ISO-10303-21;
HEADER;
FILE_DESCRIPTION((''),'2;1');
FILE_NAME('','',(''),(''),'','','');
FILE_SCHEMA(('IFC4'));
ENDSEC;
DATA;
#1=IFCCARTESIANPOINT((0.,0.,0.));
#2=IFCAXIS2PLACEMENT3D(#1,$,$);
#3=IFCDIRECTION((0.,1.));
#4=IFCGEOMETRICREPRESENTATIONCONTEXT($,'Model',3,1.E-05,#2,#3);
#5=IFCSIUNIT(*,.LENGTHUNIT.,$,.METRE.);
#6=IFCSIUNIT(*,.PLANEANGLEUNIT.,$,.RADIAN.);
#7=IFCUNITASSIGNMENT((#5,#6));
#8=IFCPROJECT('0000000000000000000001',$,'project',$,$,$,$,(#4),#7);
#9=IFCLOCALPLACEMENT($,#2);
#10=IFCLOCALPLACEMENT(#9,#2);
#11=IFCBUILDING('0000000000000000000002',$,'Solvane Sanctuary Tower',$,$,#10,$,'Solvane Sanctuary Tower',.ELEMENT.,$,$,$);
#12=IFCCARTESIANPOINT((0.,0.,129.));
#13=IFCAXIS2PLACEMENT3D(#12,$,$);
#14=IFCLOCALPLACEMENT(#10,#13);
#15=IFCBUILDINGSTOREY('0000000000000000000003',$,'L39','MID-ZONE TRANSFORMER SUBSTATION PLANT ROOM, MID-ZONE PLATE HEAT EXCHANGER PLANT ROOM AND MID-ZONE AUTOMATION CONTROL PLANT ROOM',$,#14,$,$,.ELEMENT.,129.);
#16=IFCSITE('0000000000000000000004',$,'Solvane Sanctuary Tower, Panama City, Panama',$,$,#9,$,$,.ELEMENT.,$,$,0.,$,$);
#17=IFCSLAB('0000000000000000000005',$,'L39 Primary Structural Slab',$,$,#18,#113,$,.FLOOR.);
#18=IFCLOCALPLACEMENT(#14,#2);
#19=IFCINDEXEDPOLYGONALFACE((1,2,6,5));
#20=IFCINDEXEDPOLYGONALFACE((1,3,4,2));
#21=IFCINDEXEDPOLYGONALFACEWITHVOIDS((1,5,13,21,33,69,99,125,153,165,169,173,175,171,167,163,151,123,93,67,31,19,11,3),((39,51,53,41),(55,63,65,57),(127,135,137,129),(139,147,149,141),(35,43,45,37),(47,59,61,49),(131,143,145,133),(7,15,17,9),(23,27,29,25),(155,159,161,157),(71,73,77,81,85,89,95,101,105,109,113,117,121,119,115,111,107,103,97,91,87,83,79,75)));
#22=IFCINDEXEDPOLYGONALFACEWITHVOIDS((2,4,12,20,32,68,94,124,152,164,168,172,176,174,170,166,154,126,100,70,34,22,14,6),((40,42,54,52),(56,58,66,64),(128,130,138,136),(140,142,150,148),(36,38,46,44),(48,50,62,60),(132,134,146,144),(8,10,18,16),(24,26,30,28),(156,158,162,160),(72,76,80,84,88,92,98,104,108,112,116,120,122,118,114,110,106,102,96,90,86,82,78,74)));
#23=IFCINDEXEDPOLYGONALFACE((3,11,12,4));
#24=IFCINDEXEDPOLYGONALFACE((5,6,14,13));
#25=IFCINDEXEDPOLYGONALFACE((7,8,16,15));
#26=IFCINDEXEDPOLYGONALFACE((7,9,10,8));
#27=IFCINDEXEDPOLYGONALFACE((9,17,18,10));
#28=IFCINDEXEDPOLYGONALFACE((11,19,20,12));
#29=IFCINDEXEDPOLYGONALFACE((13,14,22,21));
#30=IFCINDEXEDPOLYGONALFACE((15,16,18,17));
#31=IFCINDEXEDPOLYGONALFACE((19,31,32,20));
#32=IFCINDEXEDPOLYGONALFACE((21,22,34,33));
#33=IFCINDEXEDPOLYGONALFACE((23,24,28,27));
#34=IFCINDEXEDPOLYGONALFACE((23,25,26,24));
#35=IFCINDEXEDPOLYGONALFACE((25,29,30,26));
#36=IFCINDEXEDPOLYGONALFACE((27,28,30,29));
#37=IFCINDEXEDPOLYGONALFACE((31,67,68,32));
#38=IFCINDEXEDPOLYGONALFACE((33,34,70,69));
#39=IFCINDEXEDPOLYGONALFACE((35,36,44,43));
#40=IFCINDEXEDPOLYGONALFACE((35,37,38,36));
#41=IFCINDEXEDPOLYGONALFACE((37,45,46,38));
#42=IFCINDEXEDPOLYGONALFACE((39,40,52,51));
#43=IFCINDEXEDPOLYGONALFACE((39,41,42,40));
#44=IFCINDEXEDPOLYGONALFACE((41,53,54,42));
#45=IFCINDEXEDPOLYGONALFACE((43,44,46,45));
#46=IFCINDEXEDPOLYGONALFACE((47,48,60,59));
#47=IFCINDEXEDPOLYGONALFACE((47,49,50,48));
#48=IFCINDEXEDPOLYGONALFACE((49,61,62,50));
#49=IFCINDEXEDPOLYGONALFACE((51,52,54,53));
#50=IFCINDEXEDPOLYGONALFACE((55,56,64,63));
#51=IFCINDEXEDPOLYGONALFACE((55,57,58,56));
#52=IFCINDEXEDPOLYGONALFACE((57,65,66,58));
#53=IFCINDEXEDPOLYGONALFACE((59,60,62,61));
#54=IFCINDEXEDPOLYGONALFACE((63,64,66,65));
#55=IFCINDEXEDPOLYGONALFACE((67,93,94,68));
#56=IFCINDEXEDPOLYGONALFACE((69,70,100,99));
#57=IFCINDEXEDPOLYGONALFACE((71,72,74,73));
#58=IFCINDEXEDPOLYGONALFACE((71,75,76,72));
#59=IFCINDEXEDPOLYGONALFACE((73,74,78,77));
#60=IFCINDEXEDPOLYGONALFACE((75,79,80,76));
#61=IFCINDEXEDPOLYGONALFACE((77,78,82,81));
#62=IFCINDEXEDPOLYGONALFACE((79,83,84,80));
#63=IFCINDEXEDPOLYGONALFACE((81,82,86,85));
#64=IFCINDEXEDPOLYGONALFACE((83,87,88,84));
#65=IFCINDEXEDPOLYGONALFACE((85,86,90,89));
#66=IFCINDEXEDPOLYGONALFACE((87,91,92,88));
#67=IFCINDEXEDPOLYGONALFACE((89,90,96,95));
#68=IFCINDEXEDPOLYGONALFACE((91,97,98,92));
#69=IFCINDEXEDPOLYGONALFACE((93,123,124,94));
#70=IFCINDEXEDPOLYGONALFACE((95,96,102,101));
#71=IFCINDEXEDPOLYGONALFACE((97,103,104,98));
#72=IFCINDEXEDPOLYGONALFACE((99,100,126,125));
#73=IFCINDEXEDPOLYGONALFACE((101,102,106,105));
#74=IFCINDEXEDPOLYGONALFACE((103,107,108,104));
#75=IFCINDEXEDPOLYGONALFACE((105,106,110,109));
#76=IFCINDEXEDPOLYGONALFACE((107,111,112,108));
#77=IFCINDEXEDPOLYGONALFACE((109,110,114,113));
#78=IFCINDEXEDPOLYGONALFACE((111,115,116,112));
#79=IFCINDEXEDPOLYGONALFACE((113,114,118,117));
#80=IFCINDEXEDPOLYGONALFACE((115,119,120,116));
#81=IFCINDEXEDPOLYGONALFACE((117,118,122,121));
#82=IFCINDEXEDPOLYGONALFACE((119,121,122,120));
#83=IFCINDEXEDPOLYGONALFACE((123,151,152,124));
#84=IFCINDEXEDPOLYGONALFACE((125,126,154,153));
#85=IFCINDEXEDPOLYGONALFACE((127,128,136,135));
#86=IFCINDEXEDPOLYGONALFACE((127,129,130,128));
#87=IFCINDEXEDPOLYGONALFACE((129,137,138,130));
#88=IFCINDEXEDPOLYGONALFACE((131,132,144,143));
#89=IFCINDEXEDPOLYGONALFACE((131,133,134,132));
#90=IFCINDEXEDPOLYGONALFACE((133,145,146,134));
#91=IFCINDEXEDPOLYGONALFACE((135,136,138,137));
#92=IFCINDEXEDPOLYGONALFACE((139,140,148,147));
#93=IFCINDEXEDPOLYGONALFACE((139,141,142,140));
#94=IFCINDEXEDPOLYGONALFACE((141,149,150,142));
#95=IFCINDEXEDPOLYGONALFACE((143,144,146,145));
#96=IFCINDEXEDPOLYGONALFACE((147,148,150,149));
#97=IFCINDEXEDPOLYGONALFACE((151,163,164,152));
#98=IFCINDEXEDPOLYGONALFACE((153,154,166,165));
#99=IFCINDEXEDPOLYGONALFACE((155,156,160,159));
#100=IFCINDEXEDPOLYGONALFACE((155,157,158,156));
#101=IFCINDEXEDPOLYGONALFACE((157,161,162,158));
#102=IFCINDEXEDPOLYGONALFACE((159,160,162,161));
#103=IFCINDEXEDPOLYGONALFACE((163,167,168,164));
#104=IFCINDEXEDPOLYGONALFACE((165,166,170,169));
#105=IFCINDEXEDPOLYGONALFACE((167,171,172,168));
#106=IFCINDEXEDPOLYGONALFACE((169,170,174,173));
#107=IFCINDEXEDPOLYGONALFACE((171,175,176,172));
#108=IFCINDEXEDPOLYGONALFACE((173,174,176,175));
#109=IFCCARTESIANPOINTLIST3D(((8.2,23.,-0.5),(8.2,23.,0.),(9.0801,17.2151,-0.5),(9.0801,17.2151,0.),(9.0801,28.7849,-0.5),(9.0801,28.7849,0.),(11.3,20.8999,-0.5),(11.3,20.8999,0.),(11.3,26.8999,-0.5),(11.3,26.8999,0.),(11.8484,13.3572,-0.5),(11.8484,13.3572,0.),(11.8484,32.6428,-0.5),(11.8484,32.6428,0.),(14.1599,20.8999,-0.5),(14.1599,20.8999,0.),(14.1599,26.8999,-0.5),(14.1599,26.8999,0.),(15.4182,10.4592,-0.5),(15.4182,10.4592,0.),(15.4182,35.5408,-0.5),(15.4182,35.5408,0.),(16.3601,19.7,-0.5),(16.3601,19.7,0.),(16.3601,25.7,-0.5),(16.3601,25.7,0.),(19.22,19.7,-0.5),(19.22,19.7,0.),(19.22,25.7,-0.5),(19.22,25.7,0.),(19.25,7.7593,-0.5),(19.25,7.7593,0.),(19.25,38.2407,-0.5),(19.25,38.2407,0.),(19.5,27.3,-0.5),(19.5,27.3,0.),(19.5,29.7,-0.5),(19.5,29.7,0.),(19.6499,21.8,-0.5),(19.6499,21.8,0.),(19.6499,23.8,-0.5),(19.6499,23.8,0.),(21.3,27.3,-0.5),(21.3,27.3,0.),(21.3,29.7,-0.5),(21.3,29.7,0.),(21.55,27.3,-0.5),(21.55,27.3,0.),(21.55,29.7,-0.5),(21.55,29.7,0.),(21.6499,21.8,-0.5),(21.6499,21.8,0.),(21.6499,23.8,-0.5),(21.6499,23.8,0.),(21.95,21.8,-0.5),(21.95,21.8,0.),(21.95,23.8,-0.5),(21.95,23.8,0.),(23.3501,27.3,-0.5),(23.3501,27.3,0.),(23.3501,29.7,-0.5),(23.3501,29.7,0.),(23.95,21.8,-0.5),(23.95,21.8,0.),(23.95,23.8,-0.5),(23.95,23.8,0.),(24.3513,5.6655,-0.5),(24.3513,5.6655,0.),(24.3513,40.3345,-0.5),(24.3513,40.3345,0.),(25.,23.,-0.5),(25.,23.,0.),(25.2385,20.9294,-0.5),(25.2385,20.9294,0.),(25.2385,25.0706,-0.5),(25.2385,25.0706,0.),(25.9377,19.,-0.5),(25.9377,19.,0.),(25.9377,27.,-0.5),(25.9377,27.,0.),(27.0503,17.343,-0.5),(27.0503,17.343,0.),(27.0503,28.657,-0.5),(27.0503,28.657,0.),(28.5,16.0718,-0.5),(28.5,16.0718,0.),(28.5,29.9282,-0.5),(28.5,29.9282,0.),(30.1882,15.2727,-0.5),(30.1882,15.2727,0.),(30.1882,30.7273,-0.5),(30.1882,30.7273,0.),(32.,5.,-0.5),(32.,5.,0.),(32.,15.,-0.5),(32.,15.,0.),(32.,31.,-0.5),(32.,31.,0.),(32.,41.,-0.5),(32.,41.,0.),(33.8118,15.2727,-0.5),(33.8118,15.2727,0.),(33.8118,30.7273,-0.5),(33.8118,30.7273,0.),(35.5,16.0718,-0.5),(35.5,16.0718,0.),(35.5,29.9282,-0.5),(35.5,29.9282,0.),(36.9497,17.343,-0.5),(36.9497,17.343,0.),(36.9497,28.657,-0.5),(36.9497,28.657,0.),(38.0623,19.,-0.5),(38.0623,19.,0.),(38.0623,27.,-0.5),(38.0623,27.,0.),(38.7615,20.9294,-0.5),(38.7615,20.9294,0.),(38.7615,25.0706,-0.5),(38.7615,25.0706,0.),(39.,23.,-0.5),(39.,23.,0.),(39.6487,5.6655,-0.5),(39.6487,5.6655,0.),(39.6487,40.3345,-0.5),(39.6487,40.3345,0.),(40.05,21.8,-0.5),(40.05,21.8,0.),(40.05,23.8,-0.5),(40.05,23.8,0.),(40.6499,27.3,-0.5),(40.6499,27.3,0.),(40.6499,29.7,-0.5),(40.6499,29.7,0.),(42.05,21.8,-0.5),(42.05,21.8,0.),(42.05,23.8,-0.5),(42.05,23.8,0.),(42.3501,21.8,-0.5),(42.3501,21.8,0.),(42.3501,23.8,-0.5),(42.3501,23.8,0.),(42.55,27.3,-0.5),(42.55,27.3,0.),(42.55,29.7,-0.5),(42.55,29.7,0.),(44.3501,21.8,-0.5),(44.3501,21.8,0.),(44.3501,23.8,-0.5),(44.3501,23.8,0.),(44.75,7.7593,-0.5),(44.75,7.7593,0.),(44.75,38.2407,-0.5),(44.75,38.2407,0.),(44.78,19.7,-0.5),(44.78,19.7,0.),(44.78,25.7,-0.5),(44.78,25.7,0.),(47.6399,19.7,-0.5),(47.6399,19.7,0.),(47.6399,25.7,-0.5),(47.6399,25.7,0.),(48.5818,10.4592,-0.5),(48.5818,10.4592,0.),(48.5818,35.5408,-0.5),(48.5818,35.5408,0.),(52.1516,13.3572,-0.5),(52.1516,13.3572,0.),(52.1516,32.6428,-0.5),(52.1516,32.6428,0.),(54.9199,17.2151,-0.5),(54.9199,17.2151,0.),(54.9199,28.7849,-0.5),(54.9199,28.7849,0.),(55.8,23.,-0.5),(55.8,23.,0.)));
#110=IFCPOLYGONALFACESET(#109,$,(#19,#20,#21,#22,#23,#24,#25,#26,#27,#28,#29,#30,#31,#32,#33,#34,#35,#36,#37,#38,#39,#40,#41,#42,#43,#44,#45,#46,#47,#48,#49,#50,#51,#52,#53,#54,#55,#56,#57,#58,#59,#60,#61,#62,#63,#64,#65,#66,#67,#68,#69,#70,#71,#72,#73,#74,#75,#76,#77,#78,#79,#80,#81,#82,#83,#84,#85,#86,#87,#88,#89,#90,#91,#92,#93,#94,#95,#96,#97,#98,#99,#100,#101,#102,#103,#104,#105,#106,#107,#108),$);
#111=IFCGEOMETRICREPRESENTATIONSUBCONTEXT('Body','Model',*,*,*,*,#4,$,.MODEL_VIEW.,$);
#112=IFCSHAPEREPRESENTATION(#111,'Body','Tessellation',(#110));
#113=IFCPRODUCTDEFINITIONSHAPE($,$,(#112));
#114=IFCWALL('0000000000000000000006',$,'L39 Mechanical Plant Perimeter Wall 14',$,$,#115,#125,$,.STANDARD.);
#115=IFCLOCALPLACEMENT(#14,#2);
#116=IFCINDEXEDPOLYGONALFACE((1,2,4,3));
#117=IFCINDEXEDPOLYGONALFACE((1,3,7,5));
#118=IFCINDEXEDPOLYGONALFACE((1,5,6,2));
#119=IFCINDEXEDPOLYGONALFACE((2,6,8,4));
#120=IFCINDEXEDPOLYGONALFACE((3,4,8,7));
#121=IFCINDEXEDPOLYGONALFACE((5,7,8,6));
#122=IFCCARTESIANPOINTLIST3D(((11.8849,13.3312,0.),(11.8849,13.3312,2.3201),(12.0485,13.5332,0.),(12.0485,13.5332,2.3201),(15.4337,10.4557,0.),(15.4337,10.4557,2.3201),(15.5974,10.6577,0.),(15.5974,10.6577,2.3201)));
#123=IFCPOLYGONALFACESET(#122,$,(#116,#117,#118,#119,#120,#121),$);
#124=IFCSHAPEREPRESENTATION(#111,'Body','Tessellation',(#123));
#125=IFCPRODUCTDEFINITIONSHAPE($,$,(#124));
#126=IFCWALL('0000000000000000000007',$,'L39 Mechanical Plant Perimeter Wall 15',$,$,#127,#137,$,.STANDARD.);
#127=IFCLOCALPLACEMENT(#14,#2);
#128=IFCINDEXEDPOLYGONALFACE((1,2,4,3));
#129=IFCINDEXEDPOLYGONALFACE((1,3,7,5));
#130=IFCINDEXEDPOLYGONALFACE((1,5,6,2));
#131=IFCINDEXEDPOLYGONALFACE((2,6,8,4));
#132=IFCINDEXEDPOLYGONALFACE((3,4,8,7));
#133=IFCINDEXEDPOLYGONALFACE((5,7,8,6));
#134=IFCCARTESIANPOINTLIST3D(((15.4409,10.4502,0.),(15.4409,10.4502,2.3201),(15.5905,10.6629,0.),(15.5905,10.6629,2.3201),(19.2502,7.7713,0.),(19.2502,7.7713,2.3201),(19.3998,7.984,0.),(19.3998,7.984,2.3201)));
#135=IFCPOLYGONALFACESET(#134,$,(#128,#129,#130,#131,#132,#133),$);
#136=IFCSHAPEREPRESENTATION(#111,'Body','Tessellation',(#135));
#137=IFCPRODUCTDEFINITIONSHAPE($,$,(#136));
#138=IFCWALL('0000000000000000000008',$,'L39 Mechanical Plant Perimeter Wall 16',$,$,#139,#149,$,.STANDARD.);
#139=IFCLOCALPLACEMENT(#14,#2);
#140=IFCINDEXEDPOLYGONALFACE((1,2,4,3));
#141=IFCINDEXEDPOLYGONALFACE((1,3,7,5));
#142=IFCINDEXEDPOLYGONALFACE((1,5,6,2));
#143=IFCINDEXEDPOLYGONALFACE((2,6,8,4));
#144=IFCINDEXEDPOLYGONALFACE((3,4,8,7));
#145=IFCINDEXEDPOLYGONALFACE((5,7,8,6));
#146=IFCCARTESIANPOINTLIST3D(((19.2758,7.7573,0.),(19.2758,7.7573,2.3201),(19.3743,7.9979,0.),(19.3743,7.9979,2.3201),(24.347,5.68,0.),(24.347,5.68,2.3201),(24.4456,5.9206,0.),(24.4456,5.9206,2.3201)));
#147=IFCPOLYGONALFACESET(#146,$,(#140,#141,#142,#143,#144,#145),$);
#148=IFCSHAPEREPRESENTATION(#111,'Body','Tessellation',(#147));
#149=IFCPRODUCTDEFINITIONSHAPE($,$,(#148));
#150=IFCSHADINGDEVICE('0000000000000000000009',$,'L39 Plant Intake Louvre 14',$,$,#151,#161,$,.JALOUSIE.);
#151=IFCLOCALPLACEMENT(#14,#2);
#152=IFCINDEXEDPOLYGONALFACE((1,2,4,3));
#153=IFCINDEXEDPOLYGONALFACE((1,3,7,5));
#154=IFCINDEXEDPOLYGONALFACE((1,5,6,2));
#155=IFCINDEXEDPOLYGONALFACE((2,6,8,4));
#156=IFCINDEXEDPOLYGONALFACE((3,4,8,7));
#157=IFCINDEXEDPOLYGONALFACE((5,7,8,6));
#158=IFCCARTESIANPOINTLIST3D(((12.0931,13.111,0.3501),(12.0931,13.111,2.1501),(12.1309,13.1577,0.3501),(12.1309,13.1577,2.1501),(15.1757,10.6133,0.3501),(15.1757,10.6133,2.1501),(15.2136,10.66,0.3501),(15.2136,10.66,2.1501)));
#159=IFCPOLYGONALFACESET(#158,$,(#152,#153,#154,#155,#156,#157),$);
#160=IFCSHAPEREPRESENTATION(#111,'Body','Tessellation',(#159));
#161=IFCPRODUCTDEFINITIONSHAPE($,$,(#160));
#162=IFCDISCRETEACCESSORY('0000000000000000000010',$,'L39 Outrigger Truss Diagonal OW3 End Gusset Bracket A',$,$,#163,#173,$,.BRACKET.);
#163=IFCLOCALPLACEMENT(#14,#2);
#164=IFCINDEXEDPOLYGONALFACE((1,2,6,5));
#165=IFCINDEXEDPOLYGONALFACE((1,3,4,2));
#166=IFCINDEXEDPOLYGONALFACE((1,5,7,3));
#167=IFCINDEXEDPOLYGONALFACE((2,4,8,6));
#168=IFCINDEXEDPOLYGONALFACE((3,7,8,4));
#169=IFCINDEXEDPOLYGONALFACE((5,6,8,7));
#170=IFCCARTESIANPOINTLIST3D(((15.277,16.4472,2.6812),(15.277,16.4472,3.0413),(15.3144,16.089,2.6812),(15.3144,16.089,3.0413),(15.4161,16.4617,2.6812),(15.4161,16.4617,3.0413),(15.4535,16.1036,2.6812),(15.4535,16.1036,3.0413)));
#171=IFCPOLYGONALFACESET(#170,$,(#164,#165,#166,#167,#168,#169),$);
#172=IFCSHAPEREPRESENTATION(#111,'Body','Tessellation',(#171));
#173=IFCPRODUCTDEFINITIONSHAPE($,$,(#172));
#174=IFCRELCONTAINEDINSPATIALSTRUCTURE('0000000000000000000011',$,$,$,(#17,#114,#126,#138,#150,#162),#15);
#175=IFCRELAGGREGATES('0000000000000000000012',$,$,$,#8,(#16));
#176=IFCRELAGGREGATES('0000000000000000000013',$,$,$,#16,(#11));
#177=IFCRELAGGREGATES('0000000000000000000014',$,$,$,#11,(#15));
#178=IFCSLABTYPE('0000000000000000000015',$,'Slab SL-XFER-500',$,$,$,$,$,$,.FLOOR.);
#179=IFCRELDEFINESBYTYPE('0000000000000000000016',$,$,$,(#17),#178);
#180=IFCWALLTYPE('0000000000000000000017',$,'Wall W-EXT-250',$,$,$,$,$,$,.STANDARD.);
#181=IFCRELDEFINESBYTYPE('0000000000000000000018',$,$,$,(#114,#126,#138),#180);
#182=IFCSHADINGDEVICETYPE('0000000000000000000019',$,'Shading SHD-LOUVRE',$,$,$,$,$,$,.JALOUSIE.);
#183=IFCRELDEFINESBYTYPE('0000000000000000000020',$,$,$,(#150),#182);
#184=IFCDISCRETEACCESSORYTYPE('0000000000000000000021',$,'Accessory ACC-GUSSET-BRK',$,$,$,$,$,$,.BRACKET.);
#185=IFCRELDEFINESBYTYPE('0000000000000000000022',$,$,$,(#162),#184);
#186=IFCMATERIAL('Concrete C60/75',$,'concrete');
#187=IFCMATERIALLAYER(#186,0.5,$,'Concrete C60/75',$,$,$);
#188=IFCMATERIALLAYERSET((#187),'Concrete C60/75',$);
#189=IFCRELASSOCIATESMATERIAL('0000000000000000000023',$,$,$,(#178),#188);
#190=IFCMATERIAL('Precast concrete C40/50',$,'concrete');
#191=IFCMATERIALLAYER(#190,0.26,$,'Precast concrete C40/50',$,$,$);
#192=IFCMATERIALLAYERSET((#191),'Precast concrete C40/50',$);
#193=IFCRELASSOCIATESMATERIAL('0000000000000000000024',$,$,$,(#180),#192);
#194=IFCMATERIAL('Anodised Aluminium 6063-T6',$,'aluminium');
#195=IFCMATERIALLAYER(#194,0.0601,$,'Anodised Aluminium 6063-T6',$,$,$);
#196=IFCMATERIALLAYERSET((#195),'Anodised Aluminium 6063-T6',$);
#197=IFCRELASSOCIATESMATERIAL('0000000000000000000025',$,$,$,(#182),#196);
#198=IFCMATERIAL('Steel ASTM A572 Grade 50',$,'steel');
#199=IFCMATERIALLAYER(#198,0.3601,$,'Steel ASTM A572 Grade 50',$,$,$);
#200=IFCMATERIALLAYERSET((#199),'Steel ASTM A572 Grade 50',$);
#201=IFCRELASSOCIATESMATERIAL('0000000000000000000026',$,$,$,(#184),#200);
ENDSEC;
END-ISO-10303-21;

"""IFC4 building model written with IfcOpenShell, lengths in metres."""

from ifc_helpers import new_model, si_unit, direction, frame, frame_2d, origin, origin_2d, place, context, subcontext, project, spatial, polyline, rectangle, outline, extrude, material, layer, layer_set, type_object, element, save


model = new_model("IFC4")

# Units and contexts
model_context = context("Model", 3, precision=1e-05, world=origin(), true_north=direction((0.0, 1.0)))
body_context = subcontext(model_context, "Body", "Model", "MODEL_VIEW")
ifc_project = project(units=[si_unit("LENGTHUNIT", "METRE"), si_unit("PLANEANGLEUNIT", "RADIAN")], contexts=[model_context])

# Site, building, storey
site_placement = place(None, origin())
site = spatial("IfcSite", under=ifc_project, at=site_placement, Name="Solvane Sanctuary Tower, Panama City, Panama", CompositionType="ELEMENT", RefElevation=0.0)
building_placement = place(site_placement, origin())
building = spatial("IfcBuilding", under=site, at=building_placement, Name="Solvane Sanctuary Tower", LongName="Solvane Sanctuary Tower", CompositionType="ELEMENT")
storey_placement = place(building_placement, frame((0.0, 0.0, 129.0)))
storey = spatial("IfcBuildingStorey", under=building, at=storey_placement, Name="L39", Description="MID-ZONE TRANSFORMER SUBSTATION PLANT ROOM, MID-ZONE PLATE HEAT EXCHANGER PLANT ROOM AND MID-ZONE AUTOMATION CONTROL PLANT ROOM", CompositionType="ELEMENT", Elevation=129.0)

# Shared definitions
ifc_material_1 = material(Name="Concrete C60/75", Category="concrete")

# Shared definitions
ifc_material_2 = material(Name="Steel ASTM A572 Grade 50", Category="steel")

# Slab
ifc_layer_1 = layer(ifc_material_1, 0.5, Name="Concrete C60/75")
ifc_layer_set_1 = layer_set([ifc_layer_1], Name="Concrete C60/75")
slab_type_1 = type_object("IfcSlabType", Name="Slab SL-XFER-500", PredefinedType="FLOOR", material=ifc_layer_set_1)
slab_1_placement = place(storey_placement, frame((0.0, 0.0, -0.5)))
element("IfcSlab", 1, at=slab_1_placement, inside=storey, type_object=slab_type_1, Name="L39 Primary Structural Slab", PredefinedType="FLOOR", context=body_context, shape_type="SweptSolid", body=[
    extrude(outline(polyline([(55.8, 23.0), (54.9199, 28.7849), (52.1516, 32.6428), (48.5818, 35.5408), (44.75, 38.2407), (39.6487, 40.3345), (32.0, 41.0), (24.3513, 40.3345), (19.25, 38.2407), (15.4182, 35.5408), (11.8484, 32.6428), (9.0801, 28.7849), (8.2, 23.0), (9.0801, 17.2151), (11.8484, 13.3572), (15.4182, 10.4592), (19.25, 7.7593), (24.3513, 5.6655), (32.0, 5.0), (39.6487, 5.6655), (44.75, 7.7593), (48.5818, 10.4592), (52.1516, 13.3572), (54.9199, 17.2151), (55.8, 23.0)]), holes=[polyline([(38.7615, 20.9294), (38.0623, 19.0), (36.9497, 17.343), (35.5, 16.0718), (33.8118, 15.2727), (32.0, 15.0), (30.1882, 15.2727), (28.5, 16.0718), (27.0503, 17.343), (25.9377, 19.0), (25.2385, 20.9294), (25.0, 23.0), (25.2385, 25.0706), (25.9377, 27.0), (27.0503, 28.657), (28.5, 29.9282), (30.1882, 30.7273), (32.0, 31.0), (33.8118, 30.7273), (35.5, 29.9282), (36.9497, 28.657), (38.0623, 27.0), (38.7615, 25.0706), (39.0, 23.0), (38.7615, 20.9294)]), polyline([(16.3601, 19.7), (16.3601, 25.7), (19.22, 25.7), (19.22, 19.7), (16.3601, 19.7)]), polyline([(44.78, 19.7), (44.78, 25.7), (47.6399, 25.7), (47.6399, 19.7), (44.78, 19.7)]), polyline([(11.3, 20.8999), (11.3, 26.8999), (14.1599, 26.8999), (14.1599, 20.8999), (11.3, 20.8999)]), polyline([(19.6499, 23.8), (21.6499, 23.8), (21.6499, 21.8), (19.6499, 21.8), (19.6499, 23.8)]), polyline([(42.3501, 23.8), (44.3501, 23.8), (44.3501, 21.8), (42.3501, 21.8), (42.3501, 23.8)]), polyline([(21.95, 23.8), (23.95, 23.8), (23.95, 21.8), (21.95, 21.8), (21.95, 23.8)]), polyline([(40.05, 23.8), (42.05, 23.8), (42.05, 21.8), (40.05, 21.8), (40.05, 23.8)]), polyline([(19.5, 29.7), (21.3, 29.7), (21.3, 27.3), (19.5, 27.3), (19.5, 29.7)]), polyline([(21.55, 29.7), (23.3501, 29.7), (23.3501, 27.3), (21.55, 27.3), (21.55, 29.7)]), polyline([(40.6499, 29.7), (42.55, 29.7), (42.55, 27.3), (40.6499, 27.3), (40.6499, 29.7)])]), origin(), (0.0, 0.0, 1.0), 0.5),
])

# Walls
ifc_material_3 = material(Name="Precast concrete C40/50", Category="concrete")
ifc_layer_2 = layer(ifc_material_3, 0.26, Name="Precast concrete C40/50")
ifc_layer_set_2 = layer_set([ifc_layer_2], Name="Precast concrete C40/50")
wall_type = type_object("IfcWallType", Name="Wall W-EXT-250", PredefinedType="STANDARD", material=ifc_layer_set_2)
wall_1_placement = place(storey_placement, frame((11.9668, 13.4321, 0.0), z_axis=(0.0, 0.0, 1.0), x_axis=(0.776963, -0.629546, 0.0)))
element("IfcWall", 2, at=wall_1_placement, inside=storey, type_object=wall_type, Name="L39 Mechanical Plant Perimeter Wall 14", PredefinedType="STANDARD", context=body_context, shape_type="SweptSolid", body=[
    extrude(rectangle(XDim=4.5676, YDim=0.26, at=frame_2d((2.2837, 0.0))), origin(), (0.0, 0.0, 1.0), 2.3201),
])
wall_2_placement = place(storey_placement, frame((15.5156, 10.5566, 0.0), z_axis=(0.0, 0.0, 1.0), x_axis=(0.817976, -0.575252, 0.0)))
element("IfcWall", 3, at=wall_2_placement, inside=storey, type_object=wall_type, Name="L39 Mechanical Plant Perimeter Wall 15", PredefinedType="STANDARD", context=body_context, shape_type="SweptSolid", body=[
    extrude(rectangle(XDim=4.657, YDim=0.26, at=frame_2d((2.3286, 0.0))), origin(), (0.0, 0.0, 1.0), 2.3201),
])
wall_3_placement = place(storey_placement, frame((19.325, 7.8777, 0.0), z_axis=(0.0, 0.0, 1.0), x_axis=(0.925369, -0.379066, 0.0)))
element("IfcWall", 4, at=wall_3_placement, inside=storey, type_object=wall_type, Name="L39 Mechanical Plant Perimeter Wall 16", PredefinedType="STANDARD", context=body_context, shape_type="SweptSolid", body=[
    extrude(rectangle(XDim=5.4802, YDim=0.26, at=frame_2d((2.7402, 0.0))), origin(), (0.0, 0.0, 1.0), 2.3201),
])

# Shading device
ifc_material_4 = material(Name="Anodised Aluminium 6063-T6", Category="aluminium")
ifc_layer_3 = layer(ifc_material_4, 0.0601, Name="Anodised Aluminium 6063-T6")
ifc_layer_set_3 = layer_set([ifc_layer_3], Name="Anodised Aluminium 6063-T6")
shading_device_type = type_object("IfcShadingDeviceType", Name="Shading SHD-LOUVRE", PredefinedType="JALOUSIE", material=ifc_layer_set_3)
shading_device_placement = place(storey_placement, frame((13.6533, 11.8855, 0.3501), z_axis=(0.0, 0.0, 1.0), x_axis=(0.77697, -0.629537, 0.0)))
element("IfcShadingDevice", 5, at=shading_device_placement, inside=storey, type_object=shading_device_type, Name="L39 Plant Intake Louvre 14", PredefinedType="JALOUSIE", context=body_context, shape_type="SweptSolid", body=[
    extrude(rectangle(XDim=3.9675, YDim=0.0601, at=origin_2d()), origin(), (0.0, 0.0, 1.0), 1.8),
])

# Discrete accessory
ifc_layer_4 = layer(ifc_material_2, 0.3601, Name="Steel ASTM A572 Grade 50")
ifc_layer_set_4 = layer_set([ifc_layer_4], Name="Steel ASTM A572 Grade 50")
discrete_accessory_type = type_object("IfcDiscreteAccessoryType", Name="Accessory ACC-GUSSET-BRK", PredefinedType="BRACKET", material=ifc_layer_set_4)
for number, where, z_axis, x_axis, name in (
    (6, (15.3652, 16.2754, 2.6812), (0.0, 0.0, 1.0), (0.103834, -0.994595, 0.0), "L39 Outrigger Truss Diagonal OW3 End Gusset Bracket A"),
):
    element("IfcDiscreteAccessory", number, at=place(storey_placement, frame(where, z_axis=z_axis, x_axis=x_axis)), inside=storey, type_object=discrete_accessory_type, Name=name, PredefinedType="BRACKET", context=body_context, shape_type="SweptSolid", body=[
        extrude(rectangle(XDim=0.3601, YDim=0.1399, at=origin_2d()), origin(), (0.0, 0.0, 1.0), 0.3601),
    ])

save(model, "model.ifc")
